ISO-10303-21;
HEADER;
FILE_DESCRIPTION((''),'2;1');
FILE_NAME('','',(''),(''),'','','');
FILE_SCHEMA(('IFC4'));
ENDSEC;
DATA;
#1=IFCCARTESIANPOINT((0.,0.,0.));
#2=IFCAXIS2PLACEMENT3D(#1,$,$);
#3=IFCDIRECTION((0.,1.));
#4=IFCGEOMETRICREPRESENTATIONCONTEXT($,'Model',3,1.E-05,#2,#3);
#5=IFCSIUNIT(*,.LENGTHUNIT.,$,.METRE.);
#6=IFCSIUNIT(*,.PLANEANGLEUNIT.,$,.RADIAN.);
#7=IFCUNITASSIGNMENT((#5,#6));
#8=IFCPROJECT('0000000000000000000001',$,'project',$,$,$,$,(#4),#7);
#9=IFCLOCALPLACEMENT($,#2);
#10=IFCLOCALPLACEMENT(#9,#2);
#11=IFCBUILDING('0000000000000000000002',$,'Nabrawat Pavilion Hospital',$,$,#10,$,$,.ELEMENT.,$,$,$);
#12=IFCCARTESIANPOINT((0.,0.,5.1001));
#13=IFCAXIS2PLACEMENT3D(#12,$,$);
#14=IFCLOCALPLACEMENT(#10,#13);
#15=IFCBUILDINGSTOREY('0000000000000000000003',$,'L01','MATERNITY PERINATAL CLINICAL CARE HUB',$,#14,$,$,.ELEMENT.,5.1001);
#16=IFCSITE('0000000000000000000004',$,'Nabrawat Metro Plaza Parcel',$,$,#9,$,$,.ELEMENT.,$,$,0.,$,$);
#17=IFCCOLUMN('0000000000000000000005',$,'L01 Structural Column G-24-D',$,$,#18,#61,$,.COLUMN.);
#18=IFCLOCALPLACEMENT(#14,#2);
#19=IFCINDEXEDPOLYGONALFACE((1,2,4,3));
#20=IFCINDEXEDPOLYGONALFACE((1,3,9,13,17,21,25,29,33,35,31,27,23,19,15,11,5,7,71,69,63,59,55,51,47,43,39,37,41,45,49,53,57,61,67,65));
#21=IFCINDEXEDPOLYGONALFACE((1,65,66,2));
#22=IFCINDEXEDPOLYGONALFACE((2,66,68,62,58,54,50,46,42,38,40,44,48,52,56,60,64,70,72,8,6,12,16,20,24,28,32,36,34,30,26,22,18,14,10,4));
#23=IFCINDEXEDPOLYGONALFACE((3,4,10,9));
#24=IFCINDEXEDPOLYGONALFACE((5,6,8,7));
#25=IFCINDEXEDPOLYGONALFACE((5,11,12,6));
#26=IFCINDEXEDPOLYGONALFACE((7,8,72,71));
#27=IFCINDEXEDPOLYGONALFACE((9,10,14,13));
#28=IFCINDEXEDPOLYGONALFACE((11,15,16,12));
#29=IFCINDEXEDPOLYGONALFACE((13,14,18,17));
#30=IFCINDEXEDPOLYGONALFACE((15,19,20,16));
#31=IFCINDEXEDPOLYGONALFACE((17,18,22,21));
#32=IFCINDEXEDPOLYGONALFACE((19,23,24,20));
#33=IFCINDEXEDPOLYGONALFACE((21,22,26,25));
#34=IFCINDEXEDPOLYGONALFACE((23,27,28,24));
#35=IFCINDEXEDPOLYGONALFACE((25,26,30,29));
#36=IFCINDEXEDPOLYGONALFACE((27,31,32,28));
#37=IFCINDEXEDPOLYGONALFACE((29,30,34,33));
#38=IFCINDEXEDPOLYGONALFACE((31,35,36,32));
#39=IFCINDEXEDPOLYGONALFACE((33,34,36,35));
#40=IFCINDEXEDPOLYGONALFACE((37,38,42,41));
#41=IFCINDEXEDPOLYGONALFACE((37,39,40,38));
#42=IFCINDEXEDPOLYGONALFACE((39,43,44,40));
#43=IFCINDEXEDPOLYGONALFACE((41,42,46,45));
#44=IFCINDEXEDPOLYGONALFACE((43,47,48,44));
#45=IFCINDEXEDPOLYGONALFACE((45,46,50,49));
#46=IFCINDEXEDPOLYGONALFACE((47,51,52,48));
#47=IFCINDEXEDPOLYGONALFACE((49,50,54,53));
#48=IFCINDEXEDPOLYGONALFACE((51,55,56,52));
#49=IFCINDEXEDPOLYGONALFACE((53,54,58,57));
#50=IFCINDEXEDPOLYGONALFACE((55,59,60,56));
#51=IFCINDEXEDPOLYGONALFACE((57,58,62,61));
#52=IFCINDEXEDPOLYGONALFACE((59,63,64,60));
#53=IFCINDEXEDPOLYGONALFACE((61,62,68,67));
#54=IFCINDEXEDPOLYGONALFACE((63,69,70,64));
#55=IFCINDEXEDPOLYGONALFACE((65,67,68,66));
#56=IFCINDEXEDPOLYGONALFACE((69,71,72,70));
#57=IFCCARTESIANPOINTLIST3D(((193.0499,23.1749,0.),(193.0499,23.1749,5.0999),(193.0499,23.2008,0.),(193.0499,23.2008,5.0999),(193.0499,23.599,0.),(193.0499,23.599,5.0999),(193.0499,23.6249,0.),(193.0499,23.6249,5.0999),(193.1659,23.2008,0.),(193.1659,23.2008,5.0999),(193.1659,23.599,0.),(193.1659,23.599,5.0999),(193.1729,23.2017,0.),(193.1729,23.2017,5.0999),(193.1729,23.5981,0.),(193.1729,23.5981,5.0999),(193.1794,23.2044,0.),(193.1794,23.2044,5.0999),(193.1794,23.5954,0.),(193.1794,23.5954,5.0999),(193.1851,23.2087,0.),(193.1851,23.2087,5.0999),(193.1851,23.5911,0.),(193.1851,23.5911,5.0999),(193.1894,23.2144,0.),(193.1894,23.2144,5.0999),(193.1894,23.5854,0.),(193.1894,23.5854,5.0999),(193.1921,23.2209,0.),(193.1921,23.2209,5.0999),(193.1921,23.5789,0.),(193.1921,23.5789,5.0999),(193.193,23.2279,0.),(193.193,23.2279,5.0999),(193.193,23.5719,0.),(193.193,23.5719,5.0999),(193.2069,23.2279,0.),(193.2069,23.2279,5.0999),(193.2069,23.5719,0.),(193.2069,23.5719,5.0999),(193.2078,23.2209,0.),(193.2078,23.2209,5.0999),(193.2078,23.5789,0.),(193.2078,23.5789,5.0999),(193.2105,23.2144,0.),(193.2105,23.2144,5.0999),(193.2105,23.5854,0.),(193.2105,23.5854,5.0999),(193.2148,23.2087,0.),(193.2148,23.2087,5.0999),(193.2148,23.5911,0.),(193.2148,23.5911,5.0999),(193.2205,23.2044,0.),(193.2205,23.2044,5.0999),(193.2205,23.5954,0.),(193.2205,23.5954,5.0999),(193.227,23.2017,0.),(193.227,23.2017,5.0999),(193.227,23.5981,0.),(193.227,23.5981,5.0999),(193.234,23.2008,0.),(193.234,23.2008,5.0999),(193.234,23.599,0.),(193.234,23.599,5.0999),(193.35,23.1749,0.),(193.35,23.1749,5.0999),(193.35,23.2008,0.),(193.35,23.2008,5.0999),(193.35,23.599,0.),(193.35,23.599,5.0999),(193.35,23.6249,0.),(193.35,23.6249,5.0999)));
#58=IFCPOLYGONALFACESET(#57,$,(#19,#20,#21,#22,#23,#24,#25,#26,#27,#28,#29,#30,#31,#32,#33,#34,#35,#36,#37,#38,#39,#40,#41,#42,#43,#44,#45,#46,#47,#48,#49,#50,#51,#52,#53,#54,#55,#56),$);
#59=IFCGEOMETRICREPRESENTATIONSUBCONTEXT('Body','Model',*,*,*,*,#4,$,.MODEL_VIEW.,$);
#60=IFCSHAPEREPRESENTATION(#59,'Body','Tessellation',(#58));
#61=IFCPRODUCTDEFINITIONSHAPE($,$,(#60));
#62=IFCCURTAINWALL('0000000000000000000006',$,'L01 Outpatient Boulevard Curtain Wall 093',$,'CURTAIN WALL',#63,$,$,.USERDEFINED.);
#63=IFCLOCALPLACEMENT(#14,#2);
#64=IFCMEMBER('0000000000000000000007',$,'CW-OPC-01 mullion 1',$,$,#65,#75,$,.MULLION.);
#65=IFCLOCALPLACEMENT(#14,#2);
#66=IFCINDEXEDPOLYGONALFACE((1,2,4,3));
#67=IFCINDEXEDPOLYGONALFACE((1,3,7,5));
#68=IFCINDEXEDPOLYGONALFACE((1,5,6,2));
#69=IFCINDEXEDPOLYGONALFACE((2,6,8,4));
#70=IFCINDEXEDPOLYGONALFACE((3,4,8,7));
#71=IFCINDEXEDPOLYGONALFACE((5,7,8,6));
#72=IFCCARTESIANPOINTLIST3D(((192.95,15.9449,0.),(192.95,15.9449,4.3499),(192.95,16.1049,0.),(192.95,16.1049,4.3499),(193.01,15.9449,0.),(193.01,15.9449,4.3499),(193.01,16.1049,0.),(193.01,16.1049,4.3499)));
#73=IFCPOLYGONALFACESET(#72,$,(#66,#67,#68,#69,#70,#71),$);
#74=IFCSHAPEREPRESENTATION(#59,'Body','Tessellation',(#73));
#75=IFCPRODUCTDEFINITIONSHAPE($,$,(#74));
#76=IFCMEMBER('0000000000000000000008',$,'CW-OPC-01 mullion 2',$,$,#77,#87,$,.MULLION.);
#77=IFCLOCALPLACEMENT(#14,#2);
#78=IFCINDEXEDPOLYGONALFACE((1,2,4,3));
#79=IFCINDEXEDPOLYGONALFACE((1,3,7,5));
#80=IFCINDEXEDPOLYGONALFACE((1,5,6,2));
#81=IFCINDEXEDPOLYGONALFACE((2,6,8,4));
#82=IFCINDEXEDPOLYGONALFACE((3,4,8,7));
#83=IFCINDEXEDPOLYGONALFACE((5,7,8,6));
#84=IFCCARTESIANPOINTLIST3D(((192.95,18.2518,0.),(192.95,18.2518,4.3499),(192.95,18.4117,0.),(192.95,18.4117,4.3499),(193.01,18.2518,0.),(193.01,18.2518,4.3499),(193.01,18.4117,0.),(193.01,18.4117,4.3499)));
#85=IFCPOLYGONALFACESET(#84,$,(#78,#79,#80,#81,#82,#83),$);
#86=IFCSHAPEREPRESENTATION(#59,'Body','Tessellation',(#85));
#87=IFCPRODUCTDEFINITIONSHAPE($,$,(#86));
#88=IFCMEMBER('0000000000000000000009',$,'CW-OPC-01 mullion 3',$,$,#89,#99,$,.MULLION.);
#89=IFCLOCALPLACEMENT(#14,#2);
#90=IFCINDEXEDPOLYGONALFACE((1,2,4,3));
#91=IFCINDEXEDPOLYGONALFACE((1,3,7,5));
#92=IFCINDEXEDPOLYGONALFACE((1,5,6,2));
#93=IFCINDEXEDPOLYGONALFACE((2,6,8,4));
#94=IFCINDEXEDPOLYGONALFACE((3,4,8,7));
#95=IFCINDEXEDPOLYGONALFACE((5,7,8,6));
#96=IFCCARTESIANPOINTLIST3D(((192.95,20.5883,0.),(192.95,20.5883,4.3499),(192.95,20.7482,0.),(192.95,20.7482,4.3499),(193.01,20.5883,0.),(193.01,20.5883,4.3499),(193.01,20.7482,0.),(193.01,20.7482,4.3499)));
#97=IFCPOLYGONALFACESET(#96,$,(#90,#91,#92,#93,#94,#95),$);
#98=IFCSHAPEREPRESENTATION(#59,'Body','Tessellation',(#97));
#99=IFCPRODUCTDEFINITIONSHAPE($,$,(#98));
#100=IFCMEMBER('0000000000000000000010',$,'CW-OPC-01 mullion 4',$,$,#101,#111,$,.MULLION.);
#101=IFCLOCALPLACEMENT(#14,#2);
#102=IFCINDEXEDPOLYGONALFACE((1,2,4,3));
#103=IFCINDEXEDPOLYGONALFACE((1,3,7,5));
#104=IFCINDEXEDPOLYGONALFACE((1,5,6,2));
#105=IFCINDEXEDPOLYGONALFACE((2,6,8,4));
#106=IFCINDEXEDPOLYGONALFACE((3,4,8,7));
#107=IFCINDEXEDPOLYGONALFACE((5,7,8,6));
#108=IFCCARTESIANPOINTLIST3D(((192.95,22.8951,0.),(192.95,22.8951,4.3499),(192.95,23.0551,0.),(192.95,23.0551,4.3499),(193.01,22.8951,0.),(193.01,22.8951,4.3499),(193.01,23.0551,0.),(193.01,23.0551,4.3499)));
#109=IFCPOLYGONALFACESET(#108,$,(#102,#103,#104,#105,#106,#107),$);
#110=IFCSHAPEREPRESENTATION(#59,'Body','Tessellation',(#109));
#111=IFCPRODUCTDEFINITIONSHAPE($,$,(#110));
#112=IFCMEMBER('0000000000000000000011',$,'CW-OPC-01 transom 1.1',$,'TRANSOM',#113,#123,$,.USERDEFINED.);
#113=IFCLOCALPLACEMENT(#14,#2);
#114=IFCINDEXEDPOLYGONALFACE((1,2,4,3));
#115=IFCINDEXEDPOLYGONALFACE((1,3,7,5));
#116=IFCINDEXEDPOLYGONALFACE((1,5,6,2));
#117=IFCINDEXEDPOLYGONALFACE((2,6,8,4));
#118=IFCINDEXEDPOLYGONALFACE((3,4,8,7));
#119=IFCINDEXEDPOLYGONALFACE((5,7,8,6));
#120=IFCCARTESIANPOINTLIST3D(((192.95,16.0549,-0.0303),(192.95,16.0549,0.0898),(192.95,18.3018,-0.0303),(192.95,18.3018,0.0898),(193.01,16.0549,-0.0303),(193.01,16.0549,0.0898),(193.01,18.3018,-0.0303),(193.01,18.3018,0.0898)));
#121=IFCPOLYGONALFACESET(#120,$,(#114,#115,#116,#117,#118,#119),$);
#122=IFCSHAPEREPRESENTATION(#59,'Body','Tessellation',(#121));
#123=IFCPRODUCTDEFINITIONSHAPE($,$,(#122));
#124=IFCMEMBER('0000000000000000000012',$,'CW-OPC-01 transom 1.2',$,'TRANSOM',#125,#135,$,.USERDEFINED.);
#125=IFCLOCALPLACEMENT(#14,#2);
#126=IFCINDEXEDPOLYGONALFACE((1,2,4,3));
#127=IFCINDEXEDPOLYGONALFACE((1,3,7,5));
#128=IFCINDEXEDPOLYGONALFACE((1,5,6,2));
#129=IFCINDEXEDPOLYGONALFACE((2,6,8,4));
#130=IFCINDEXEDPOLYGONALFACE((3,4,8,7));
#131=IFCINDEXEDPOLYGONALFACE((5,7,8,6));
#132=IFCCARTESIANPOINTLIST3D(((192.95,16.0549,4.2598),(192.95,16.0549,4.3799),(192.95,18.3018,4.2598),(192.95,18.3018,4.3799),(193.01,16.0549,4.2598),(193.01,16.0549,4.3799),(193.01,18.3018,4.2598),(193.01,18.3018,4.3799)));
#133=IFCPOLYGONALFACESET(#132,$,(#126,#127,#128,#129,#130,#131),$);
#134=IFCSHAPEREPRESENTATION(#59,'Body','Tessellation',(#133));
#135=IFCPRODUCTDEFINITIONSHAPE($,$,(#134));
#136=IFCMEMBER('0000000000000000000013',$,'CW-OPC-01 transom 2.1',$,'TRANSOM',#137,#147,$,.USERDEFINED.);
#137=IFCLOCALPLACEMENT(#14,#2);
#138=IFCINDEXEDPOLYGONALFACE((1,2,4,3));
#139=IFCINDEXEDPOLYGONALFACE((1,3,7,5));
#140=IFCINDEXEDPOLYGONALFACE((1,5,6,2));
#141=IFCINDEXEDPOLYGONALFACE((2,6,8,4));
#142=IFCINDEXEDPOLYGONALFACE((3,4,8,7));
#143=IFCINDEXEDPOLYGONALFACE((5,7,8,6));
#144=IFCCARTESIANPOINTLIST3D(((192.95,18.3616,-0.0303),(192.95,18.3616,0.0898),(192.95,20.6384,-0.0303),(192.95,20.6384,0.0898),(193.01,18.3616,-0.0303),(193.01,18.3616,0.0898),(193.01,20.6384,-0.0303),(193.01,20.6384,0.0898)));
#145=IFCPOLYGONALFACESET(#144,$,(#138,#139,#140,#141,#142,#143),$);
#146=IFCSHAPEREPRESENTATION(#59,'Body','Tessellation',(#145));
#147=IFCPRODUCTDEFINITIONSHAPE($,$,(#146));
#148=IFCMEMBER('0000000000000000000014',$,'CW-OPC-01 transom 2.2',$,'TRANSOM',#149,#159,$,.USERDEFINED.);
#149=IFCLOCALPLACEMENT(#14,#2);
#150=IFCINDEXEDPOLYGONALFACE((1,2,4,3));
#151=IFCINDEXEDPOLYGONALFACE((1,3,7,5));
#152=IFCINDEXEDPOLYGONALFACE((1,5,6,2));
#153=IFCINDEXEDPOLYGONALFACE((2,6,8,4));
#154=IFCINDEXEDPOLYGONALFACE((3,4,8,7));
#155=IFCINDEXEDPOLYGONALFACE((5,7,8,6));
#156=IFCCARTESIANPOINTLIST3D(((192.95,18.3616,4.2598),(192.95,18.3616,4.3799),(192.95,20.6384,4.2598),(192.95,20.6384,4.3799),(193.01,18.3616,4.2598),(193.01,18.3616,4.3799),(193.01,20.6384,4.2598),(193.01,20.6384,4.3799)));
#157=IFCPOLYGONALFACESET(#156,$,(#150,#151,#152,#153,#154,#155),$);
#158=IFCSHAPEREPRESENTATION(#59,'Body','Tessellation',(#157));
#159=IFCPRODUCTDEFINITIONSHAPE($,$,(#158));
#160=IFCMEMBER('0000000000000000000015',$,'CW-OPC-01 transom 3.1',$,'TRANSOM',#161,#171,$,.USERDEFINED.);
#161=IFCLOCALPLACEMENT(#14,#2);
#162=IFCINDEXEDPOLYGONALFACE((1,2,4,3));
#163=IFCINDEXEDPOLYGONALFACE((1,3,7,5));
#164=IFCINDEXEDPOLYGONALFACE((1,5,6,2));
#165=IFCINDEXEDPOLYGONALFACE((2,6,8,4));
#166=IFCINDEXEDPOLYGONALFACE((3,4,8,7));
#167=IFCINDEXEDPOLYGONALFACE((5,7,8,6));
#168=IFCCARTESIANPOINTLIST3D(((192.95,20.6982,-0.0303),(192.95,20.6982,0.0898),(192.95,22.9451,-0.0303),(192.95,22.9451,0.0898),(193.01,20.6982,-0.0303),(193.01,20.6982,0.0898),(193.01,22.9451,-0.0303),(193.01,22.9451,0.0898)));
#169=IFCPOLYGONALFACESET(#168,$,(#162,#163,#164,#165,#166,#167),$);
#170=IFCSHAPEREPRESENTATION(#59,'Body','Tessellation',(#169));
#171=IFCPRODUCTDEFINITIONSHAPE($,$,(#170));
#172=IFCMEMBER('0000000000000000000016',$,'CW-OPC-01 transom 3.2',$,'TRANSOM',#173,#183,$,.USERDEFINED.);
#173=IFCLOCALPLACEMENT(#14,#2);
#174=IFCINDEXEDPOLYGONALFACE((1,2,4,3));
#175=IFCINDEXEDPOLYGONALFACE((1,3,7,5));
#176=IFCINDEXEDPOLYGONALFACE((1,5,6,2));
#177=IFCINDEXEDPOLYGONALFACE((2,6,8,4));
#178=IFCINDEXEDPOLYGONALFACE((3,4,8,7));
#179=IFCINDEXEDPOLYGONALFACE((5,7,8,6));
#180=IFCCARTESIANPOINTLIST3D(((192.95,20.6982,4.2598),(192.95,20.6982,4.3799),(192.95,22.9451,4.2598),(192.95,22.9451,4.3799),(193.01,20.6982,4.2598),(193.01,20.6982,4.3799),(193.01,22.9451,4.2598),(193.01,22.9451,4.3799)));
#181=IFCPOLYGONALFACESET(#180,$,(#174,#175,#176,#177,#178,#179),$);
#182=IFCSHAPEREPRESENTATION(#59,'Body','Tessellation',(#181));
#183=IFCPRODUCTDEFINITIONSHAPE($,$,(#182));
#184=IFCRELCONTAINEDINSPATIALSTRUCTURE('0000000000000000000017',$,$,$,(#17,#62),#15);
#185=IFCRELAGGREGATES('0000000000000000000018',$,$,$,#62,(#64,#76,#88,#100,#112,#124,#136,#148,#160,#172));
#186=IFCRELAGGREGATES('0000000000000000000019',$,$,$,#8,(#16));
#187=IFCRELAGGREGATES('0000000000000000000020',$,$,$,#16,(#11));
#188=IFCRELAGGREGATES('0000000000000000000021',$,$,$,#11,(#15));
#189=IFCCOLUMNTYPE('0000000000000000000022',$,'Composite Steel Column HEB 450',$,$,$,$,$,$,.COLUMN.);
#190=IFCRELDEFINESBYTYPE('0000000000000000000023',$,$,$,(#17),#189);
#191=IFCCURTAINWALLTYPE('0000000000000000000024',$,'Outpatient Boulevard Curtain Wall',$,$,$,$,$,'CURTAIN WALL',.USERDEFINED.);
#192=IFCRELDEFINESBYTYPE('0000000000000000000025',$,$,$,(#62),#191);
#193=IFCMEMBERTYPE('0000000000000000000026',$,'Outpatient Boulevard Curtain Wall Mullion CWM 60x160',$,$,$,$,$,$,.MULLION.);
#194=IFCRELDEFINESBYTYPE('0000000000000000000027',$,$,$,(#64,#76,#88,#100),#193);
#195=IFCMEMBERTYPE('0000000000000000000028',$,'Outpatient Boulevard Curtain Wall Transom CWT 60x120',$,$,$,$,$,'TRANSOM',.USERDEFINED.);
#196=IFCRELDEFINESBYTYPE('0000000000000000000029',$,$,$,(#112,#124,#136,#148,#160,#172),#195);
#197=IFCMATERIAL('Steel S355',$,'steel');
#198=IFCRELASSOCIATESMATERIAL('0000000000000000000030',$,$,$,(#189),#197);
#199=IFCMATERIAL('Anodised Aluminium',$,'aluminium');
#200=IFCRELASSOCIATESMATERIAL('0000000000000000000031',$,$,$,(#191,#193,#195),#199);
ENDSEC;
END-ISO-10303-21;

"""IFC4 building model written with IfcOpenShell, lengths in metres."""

from ifc_helpers import new_model, si_unit, direction, frame, origin, origin_2d, place, context, subcontext, project, spatial, rectangle, i_section, extrude, material, material_profile, profile_set, type_object, element, aggregate, save


model = new_model("IFC4")

# Units and contexts
model_context = context("Model", 3, precision=1e-05, world=origin(), true_north=direction((0.0, 1.0)))
body_context = subcontext(model_context, "Body", "Model", "MODEL_VIEW")
ifc_project = project(units=[si_unit("LENGTHUNIT", "METRE"), si_unit("PLANEANGLEUNIT", "RADIAN")], contexts=[model_context])

# Site, building, storey
site_placement = place(None, origin())
site = spatial("IfcSite", under=ifc_project, at=site_placement, Name="Nabrawat Metro Plaza Parcel", CompositionType="ELEMENT", RefElevation=0.0)
building_placement = place(site_placement, origin())
building = spatial("IfcBuilding", under=site, at=building_placement, Name="Nabrawat Pavilion Hospital", CompositionType="ELEMENT")
storey_placement = place(building_placement, frame((0.0, 0.0, 5.1001)))
storey = spatial("IfcBuildingStorey", under=building, at=storey_placement, Name="L01", Description="MATERNITY PERINATAL CLINICAL CARE HUB", CompositionType="ELEMENT", Elevation=5.1001)

# Column
ifc_material_1 = material(Name="Steel S355", Category="steel")
ifc_material_profile_1 = material_profile(ifc_material_1, i_section(OverallWidth=0.3, OverallDepth=0.45, WebThickness=0.0139, FlangeThickness=0.0259, FilletRadius=0.0271, at=origin_2d()), Name="HEB 450")
ifc_profile_set_1 = profile_set([ifc_material_profile_1], Name="Steel S355")
column_type = type_object("IfcColumnType", Name="Composite Steel Column HEB 450", PredefinedType="COLUMN", material=ifc_profile_set_1)
column_placement = place(storey_placement, frame((193.2, 23.3999, 0.0), z_axis=(0.0, 0.0, 1.0), x_axis=(1.0, 0.0, 0.0)))
element("IfcColumn", 1, at=column_placement, inside=storey, type_object=column_type, Name="L01 Structural Column G-24-D", PredefinedType="COLUMN", context=body_context, shape_type="SweptSolid", body=[
    extrude(i_section(OverallWidth=0.3, OverallDepth=0.45, WebThickness=0.0139, FlangeThickness=0.0259, FilletRadius=0.0271, at=origin_2d()), origin(), (0.0, 0.0, 1.0), 5.0999),
])

# Curtain wall, members
ifc_material_2 = material(Name="Anodised Aluminium", Category="aluminium")
curtain_wall_type = type_object("IfcCurtainWallType", Name="Outpatient Boulevard Curtain Wall", ElementType="CURTAIN WALL", PredefinedType="USERDEFINED", material=ifc_material_2)
curtain_wall_placement = place(storey_placement, origin())
curtain_wall = element("IfcCurtainWall", 2, at=curtain_wall_placement, inside=storey, type_object=curtain_wall_type, Name="L01 Outpatient Boulevard Curtain Wall 093", ObjectType="CURTAIN WALL", PredefinedType="USERDEFINED")
ifc_material_profile_2 = material_profile(ifc_material_2, rectangle(XDim=0.0601, YDim=0.1599, at=origin_2d()), Name="CWM 60x160")
ifc_profile_set_2 = profile_set([ifc_material_profile_2], Name="Anodised Aluminium")
member_type_1 = type_object("IfcMemberType", Name="Outpatient Boulevard Curtain Wall Mullion CWM 60x160", PredefinedType="MULLION", material=ifc_profile_set_2)
member_1_placement = place(storey_placement, frame((192.98, 16.0249, 0.0), z_axis=(0.0, 0.0, 1.0), x_axis=(-1.0, 0.0, 0.0)))
member_1 = element("IfcMember", 3, at=member_1_placement, type_object=member_type_1, Name="CW-OPC-01 mullion 1", PredefinedType="MULLION", context=body_context, shape_type="SweptSolid", body=[
    extrude(rectangle(XDim=0.0601, YDim=0.1599, at=origin_2d()), origin(), (0.0, 0.0, 1.0), 4.3499),
])
member_2_placement = place(storey_placement, frame((192.98, 18.3318, 0.0), z_axis=(0.0, 0.0, 1.0), x_axis=(-1.0, 0.0, 0.0)))
member_2 = element("IfcMember", 4, at=member_2_placement, type_object=member_type_1, Name="CW-OPC-01 mullion 2", PredefinedType="MULLION", context=body_context, shape_type="SweptSolid", body=[
    extrude(rectangle(XDim=0.0601, YDim=0.1599, at=origin_2d()), origin(), (0.0, 0.0, 1.0), 4.3499),
])
member_3_placement = place(storey_placement, frame((192.98, 20.6682, 0.0), z_axis=(0.0, 0.0, 1.0), x_axis=(-1.0, 0.0, 0.0)))
member_3 = element("IfcMember", 5, at=member_3_placement, type_object=member_type_1, Name="CW-OPC-01 mullion 3", PredefinedType="MULLION", context=body_context, shape_type="SweptSolid", body=[
    extrude(rectangle(XDim=0.0601, YDim=0.1599, at=origin_2d()), origin(), (0.0, 0.0, 1.0), 4.3499),
])
member_4_placement = place(storey_placement, frame((192.98, 22.9751, 0.0), z_axis=(0.0, 0.0, 1.0), x_axis=(-1.0, 0.0, 0.0)))
member_4 = element("IfcMember", 6, at=member_4_placement, type_object=member_type_1, Name="CW-OPC-01 mullion 4", PredefinedType="MULLION", context=body_context, shape_type="SweptSolid", body=[
    extrude(rectangle(XDim=0.0601, YDim=0.1599, at=origin_2d()), origin(), (0.0, 0.0, 1.0), 4.3499),
])
ifc_material_profile_3 = material_profile(ifc_material_2, rectangle(XDim=0.0601, YDim=0.1201, at=origin_2d()), Name="CWT 60x120")
ifc_profile_set_3 = profile_set([ifc_material_profile_3], Name="Anodised Aluminium")
member_type_2 = type_object("IfcMemberType", Name="Outpatient Boulevard Curtain Wall Transom CWT 60x120", ElementType="TRANSOM", PredefinedType="USERDEFINED", material=ifc_profile_set_3)
member_5_placement = place(storey_placement, frame((192.98, 16.0549, 0.0298), z_axis=(0.0, 1.0, 0.0), x_axis=(-1.0, 0.0, 0.0)))
member_5 = element("IfcMember", 7, at=member_5_placement, type_object=member_type_2, Name="CW-OPC-01 transom 1.1", ObjectType="TRANSOM", PredefinedType="USERDEFINED", context=body_context, shape_type="SweptSolid", body=[
    extrude(rectangle(XDim=0.0601, YDim=0.1201, at=origin_2d()), origin(), (0.0, 0.0, 1.0), 2.2468),
])
member_6_placement = place(storey_placement, frame((192.98, 16.0549, 4.3198), z_axis=(0.0, 1.0, 0.0), x_axis=(-1.0, 0.0, 0.0)))
member_6 = element("IfcMember", 8, at=member_6_placement, type_object=member_type_2, Name="CW-OPC-01 transom 1.2", ObjectType="TRANSOM", PredefinedType="USERDEFINED", context=body_context, shape_type="SweptSolid", body=[
    extrude(rectangle(XDim=0.0601, YDim=0.1201, at=origin_2d()), origin(), (0.0, 0.0, 1.0), 2.2468),
])
member_7_placement = place(storey_placement, frame((192.98, 18.3616, 0.0298), z_axis=(0.0, 1.0, 0.0), x_axis=(-1.0, 0.0, 0.0)))
member_7 = element("IfcMember", 9, at=member_7_placement, type_object=member_type_2, Name="CW-OPC-01 transom 2.1", ObjectType="TRANSOM", PredefinedType="USERDEFINED", context=body_context, shape_type="SweptSolid", body=[
    extrude(rectangle(XDim=0.0601, YDim=0.1201, at=origin_2d()), origin(), (0.0, 0.0, 1.0), 2.2769),
])
member_8_placement = place(storey_placement, frame((192.98, 18.3616, 4.3198), z_axis=(0.0, 1.0, 0.0), x_axis=(-1.0, 0.0, 0.0)))
member_8 = element("IfcMember", 10, at=member_8_placement, type_object=member_type_2, Name="CW-OPC-01 transom 2.2", ObjectType="TRANSOM", PredefinedType="USERDEFINED", context=body_context, shape_type="SweptSolid", body=[
    extrude(rectangle(XDim=0.0601, YDim=0.1201, at=origin_2d()), origin(), (0.0, 0.0, 1.0), 2.2769),
])
member_9_placement = place(storey_placement, frame((192.98, 20.6982, 0.0298), z_axis=(0.0, 1.0, 0.0), x_axis=(-1.0, 0.0, 0.0)))
member_9 = element("IfcMember", 11, at=member_9_placement, type_object=member_type_2, Name="CW-OPC-01 transom 3.1", ObjectType="TRANSOM", PredefinedType="USERDEFINED", context=body_context, shape_type="SweptSolid", body=[
    extrude(rectangle(XDim=0.0601, YDim=0.1201, at=origin_2d()), origin(), (0.0, 0.0, 1.0), 2.2468),
])
member_10_placement = place(storey_placement, frame((192.98, 20.6982, 4.3198), z_axis=(0.0, 1.0, 0.0), x_axis=(-1.0, 0.0, 0.0)))
member_10 = element("IfcMember", 12, at=member_10_placement, type_object=member_type_2, Name="CW-OPC-01 transom 3.2", ObjectType="TRANSOM", PredefinedType="USERDEFINED", context=body_context, shape_type="SweptSolid", body=[
    extrude(rectangle(XDim=0.0601, YDim=0.1201, at=origin_2d()), origin(), (0.0, 0.0, 1.0), 2.2468),
])

aggregate(curtain_wall, [member_1, member_2, member_3, member_4, member_5, member_6, member_7, member_8, member_9, member_10])

save(model, "model.ifc")
